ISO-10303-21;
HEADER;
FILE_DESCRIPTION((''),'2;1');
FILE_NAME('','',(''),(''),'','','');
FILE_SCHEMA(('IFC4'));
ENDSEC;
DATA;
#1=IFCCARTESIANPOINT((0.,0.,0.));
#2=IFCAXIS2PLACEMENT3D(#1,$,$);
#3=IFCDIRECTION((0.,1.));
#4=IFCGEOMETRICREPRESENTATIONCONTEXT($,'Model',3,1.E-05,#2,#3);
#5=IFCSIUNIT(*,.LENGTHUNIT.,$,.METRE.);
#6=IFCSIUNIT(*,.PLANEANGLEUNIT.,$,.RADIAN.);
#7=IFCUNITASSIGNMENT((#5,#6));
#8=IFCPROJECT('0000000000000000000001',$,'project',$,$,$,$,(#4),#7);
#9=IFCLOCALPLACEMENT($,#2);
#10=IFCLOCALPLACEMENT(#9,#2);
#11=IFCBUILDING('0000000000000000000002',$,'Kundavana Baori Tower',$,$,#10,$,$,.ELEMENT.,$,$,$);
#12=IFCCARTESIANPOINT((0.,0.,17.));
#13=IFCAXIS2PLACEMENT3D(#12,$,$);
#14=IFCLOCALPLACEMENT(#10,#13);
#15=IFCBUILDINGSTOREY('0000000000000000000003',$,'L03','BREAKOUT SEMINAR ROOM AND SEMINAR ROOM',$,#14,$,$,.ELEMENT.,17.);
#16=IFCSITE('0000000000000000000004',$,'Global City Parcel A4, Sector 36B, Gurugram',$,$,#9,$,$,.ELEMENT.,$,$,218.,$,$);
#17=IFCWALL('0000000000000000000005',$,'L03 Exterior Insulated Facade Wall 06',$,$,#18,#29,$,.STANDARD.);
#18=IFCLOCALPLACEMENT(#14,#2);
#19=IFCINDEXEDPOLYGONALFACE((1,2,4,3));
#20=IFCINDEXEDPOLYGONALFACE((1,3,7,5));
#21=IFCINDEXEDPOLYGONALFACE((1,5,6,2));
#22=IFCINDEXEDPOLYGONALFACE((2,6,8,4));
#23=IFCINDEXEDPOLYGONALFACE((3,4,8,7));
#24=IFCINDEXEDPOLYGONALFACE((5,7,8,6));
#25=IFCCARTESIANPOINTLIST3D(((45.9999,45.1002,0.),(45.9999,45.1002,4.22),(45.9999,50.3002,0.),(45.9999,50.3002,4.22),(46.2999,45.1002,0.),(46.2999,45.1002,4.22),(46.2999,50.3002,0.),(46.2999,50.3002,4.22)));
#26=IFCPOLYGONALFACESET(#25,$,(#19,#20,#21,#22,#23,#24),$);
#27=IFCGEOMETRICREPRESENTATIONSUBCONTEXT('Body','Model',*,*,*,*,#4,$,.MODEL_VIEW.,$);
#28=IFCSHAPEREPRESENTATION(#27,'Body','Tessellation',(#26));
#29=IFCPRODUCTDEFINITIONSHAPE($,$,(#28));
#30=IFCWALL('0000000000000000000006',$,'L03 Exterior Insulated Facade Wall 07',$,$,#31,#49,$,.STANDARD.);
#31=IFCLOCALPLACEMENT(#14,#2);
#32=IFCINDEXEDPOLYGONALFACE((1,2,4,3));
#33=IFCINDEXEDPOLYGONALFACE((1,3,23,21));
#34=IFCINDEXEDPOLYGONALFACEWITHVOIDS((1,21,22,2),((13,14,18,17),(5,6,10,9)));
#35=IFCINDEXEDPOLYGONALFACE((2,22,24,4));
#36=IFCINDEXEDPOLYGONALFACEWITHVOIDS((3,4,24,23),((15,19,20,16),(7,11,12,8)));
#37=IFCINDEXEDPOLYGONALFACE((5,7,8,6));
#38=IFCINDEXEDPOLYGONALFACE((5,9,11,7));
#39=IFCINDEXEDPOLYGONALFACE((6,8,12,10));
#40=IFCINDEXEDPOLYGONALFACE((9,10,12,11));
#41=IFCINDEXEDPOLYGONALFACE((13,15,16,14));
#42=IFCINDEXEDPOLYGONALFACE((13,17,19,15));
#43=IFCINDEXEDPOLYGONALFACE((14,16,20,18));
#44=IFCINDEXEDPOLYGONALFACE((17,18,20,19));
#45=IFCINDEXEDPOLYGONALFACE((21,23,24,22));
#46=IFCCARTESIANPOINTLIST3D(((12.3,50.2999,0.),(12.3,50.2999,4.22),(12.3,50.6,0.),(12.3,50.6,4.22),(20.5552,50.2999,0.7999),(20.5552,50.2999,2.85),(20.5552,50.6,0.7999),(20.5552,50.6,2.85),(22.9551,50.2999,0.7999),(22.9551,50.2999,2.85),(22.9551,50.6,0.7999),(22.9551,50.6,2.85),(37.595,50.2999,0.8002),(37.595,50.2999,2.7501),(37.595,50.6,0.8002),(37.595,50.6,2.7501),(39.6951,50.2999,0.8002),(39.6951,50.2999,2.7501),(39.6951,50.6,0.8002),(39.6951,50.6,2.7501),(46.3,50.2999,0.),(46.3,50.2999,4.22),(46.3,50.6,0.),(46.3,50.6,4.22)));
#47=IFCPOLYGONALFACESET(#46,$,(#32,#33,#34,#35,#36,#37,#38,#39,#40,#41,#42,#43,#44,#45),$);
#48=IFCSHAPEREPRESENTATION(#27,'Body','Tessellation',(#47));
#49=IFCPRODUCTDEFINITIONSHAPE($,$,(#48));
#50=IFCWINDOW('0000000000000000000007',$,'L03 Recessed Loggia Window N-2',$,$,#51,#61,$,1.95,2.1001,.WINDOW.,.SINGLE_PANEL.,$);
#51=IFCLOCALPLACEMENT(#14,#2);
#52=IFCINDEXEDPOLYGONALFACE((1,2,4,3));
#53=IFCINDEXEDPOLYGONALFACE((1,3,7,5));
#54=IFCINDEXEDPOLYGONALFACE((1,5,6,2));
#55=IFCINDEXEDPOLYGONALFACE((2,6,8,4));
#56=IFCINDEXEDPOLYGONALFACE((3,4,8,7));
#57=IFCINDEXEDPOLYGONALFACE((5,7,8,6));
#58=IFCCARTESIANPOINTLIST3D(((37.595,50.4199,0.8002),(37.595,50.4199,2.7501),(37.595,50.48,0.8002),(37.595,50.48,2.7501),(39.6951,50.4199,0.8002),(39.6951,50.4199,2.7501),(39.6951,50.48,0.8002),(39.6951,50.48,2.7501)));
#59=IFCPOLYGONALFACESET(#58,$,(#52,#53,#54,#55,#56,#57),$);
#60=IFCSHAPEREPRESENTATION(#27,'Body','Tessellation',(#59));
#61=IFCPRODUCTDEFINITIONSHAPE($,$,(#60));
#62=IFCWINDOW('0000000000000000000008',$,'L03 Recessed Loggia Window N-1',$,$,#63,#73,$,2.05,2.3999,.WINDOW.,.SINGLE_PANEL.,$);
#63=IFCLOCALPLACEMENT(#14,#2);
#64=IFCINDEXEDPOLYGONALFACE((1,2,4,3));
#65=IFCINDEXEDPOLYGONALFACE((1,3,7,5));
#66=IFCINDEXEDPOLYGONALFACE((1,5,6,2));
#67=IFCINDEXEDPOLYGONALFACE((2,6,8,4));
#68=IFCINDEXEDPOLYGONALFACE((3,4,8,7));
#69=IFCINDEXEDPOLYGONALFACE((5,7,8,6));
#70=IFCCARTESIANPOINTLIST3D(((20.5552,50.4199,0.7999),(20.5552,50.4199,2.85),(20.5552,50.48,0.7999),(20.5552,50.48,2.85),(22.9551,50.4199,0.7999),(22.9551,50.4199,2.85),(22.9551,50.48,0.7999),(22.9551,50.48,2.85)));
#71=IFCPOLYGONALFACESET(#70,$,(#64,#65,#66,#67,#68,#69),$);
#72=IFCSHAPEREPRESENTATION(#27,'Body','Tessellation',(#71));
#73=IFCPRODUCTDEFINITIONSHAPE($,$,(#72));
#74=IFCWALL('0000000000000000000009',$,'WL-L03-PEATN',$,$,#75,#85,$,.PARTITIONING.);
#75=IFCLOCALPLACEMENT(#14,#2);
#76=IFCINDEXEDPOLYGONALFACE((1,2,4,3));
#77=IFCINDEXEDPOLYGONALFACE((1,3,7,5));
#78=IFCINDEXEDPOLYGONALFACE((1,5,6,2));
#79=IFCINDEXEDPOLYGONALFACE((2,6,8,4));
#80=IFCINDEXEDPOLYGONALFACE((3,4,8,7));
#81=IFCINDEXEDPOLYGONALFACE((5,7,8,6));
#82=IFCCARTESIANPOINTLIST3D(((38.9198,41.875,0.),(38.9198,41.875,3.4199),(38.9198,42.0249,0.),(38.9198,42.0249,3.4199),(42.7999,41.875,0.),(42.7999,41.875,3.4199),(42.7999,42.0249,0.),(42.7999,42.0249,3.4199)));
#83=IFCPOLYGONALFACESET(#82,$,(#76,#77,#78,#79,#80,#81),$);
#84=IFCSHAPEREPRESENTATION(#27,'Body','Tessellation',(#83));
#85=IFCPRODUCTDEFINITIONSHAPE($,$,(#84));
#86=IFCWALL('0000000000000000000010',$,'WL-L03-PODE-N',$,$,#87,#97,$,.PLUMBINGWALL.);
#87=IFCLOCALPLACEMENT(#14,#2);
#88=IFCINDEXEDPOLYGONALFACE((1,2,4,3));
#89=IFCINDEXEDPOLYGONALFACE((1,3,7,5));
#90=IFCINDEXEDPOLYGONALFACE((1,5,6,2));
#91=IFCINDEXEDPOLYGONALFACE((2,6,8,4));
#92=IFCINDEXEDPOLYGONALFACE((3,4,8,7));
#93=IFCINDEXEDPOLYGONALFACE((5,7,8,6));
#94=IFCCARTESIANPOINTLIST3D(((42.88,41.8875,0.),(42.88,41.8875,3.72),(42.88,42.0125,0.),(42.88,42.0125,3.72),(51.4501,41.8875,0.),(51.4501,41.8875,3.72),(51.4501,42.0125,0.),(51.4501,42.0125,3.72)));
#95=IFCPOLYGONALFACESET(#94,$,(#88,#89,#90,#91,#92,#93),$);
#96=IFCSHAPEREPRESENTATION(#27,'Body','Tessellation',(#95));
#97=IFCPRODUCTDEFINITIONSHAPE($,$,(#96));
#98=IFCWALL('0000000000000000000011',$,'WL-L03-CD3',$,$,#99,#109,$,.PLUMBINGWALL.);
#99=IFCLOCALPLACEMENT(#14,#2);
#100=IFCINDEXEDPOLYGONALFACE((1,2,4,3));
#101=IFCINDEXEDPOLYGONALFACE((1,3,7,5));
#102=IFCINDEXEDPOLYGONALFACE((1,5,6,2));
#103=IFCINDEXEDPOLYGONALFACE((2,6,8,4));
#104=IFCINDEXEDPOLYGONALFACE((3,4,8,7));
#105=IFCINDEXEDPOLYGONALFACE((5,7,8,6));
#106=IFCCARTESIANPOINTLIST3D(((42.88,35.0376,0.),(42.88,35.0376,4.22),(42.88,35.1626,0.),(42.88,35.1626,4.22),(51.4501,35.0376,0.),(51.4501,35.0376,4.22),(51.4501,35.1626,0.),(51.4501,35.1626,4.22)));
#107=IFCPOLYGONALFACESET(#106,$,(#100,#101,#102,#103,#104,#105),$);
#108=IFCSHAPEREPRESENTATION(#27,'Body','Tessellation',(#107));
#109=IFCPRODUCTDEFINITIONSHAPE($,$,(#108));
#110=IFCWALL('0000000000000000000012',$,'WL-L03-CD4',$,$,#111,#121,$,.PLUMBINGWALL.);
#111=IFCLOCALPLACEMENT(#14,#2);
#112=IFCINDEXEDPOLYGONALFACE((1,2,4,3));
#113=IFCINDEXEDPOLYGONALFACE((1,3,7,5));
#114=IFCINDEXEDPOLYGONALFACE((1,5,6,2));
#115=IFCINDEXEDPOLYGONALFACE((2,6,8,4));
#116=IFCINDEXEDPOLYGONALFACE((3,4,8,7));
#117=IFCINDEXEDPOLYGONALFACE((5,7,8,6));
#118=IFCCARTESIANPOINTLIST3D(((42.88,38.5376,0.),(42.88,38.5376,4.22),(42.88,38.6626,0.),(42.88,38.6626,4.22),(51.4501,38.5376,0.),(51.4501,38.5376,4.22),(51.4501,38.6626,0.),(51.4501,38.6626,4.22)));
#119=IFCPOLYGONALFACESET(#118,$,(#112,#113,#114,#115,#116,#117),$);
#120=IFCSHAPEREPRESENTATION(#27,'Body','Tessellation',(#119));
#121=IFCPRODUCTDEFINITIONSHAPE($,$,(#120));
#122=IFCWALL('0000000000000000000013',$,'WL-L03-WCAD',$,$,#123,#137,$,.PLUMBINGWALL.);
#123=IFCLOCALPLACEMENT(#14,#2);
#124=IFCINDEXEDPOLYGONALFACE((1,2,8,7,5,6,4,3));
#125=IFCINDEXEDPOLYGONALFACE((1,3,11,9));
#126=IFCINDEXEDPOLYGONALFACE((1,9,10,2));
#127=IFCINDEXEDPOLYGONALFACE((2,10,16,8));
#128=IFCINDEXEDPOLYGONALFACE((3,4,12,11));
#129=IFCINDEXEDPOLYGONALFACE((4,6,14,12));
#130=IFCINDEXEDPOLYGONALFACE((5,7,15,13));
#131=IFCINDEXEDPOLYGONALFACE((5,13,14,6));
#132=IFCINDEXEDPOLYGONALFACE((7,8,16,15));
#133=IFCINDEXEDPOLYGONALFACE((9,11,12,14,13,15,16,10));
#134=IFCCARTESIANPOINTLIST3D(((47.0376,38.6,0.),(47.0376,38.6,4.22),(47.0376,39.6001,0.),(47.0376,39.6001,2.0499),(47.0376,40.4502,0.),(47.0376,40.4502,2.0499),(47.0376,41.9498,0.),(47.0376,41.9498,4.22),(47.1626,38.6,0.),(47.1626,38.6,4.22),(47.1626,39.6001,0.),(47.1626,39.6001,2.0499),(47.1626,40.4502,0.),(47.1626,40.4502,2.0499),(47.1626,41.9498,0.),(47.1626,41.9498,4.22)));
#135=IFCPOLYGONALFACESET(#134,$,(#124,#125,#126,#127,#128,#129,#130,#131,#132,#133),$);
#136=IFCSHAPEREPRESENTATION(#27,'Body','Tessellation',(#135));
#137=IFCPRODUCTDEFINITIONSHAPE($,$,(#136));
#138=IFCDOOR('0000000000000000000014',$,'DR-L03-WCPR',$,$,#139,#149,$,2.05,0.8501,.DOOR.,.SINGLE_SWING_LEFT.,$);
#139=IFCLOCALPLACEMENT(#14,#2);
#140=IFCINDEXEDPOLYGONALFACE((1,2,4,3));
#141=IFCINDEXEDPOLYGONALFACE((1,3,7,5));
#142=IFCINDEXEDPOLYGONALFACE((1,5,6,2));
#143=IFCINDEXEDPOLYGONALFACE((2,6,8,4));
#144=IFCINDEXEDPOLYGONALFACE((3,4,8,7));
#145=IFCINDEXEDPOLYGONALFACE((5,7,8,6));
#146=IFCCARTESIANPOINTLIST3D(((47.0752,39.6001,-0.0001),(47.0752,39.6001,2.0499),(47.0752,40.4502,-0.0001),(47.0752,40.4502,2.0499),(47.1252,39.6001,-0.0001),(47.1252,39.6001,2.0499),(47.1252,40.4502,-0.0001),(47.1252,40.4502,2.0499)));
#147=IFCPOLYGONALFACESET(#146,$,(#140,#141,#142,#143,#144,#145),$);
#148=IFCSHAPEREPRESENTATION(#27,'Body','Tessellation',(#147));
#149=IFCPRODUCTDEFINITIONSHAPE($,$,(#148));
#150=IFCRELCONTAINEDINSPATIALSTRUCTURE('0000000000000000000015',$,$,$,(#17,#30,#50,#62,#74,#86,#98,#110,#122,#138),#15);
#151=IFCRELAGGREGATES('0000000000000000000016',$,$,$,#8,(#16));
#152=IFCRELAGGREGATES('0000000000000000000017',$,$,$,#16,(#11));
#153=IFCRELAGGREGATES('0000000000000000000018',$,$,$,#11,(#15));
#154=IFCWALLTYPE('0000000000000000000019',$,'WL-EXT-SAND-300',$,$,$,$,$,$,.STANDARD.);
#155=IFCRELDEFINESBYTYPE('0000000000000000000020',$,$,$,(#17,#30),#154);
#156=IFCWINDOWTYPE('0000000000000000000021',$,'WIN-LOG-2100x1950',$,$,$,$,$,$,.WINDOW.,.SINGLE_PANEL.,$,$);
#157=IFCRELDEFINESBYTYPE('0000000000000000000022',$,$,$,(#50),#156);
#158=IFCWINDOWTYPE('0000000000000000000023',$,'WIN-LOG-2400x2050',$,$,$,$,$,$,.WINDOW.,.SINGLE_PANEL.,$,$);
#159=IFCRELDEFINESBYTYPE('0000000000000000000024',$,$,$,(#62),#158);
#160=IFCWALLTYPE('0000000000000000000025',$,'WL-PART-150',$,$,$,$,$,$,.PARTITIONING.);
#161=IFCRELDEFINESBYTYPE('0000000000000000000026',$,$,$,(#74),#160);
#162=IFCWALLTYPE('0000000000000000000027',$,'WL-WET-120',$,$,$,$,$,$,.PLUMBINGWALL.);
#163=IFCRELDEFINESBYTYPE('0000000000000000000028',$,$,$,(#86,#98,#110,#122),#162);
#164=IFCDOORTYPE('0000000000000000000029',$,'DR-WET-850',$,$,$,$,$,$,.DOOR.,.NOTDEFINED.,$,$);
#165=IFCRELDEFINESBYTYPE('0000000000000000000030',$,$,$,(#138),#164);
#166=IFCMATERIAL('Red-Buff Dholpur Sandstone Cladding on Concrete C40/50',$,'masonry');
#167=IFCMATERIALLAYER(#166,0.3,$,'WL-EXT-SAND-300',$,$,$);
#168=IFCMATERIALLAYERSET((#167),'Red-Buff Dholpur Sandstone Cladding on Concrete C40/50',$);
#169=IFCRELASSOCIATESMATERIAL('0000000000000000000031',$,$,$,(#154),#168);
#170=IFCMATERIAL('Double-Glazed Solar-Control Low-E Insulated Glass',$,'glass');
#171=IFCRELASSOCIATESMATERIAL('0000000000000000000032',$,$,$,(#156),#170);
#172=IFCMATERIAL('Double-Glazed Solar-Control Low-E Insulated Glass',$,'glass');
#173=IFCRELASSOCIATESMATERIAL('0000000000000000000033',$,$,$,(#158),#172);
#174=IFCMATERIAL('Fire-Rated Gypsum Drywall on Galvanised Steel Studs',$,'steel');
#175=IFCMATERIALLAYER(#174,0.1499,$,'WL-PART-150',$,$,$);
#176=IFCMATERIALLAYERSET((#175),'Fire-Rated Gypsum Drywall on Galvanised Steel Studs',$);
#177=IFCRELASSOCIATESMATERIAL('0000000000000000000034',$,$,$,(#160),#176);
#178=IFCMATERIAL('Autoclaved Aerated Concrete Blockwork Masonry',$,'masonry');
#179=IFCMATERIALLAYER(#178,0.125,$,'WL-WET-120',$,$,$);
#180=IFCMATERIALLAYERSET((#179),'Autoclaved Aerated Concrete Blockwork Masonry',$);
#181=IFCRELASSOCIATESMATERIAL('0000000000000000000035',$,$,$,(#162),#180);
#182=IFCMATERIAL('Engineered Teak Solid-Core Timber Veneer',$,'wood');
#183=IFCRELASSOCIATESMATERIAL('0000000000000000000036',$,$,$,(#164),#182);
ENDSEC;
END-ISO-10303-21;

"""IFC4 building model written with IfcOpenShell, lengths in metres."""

from ifc_helpers import new_model, si_unit, direction, frame, frame_2d, origin, place, context, subcontext, project, spatial, rectangle, extrude, material, layer, layer_set, type_object, element, fill, save


model = new_model("IFC4")

# Units and contexts
model_context = context("Model", 3, precision=1e-05, world=origin(), true_north=direction((0.0, 1.0)))
body_context = subcontext(model_context, "Body", "Model", "MODEL_VIEW")
ifc_project = project(units=[si_unit("LENGTHUNIT", "METRE"), si_unit("PLANEANGLEUNIT", "RADIAN")], contexts=[model_context])

# Site, building, storey
site_placement = place(None, origin())
site = spatial("IfcSite", under=ifc_project, at=site_placement, Name="Global City Parcel A4, Sector 36B, Gurugram", CompositionType="ELEMENT", RefElevation=218.0)
building_placement = place(site_placement, origin())
building = spatial("IfcBuilding", under=site, at=building_placement, Name="Kundavana Baori Tower", CompositionType="ELEMENT")
storey_placement = place(building_placement, frame((0.0, 0.0, 17.0)))
storey = spatial("IfcBuildingStorey", under=building, at=storey_placement, Name="L03", Description="BREAKOUT SEMINAR ROOM AND SEMINAR ROOM", CompositionType="ELEMENT", Elevation=17.0)

# Wall
ifc_material_1 = material(Name="Red-Buff Dholpur Sandstone Cladding on Concrete C40/50", Category="masonry")
ifc_layer_1 = layer(ifc_material_1, 0.3, Name="WL-EXT-SAND-300")
ifc_layer_set_1 = layer_set([ifc_layer_1], Name="Red-Buff Dholpur Sandstone Cladding on Concrete C40/50")
wall_type_1 = type_object("IfcWallType", Name="WL-EXT-SAND-300", PredefinedType="STANDARD", material=ifc_layer_set_1)
wall_1_placement = place(storey_placement, frame((46.1499, 45.1001, 0.0), z_axis=(0.0, 0.0, 1.0), x_axis=(0.0, 1.0, 0.0)))
element("IfcWall", 1, at=wall_1_placement, inside=storey, type_object=wall_type_1, Name="L03 Exterior Insulated Facade Wall 06", PredefinedType="STANDARD", context=body_context, shape_type="SweptSolid", body=[
    extrude(rectangle(XDim=5.2, YDim=0.3, at=frame_2d((2.6001, 0.0))), origin(), (0.0, 0.0, 1.0), 4.22),
])

# Wall, openings, windows
wall_2_placement = place(storey_placement, frame((46.3, 50.45, 0.0), z_axis=(0.0, 0.0, 1.0), x_axis=(-1.0, 0.0, 0.0)))
wall_2 = element("IfcWall", 2, at=wall_2_placement, inside=storey, type_object=wall_type_1, Name="L03 Exterior Insulated Facade Wall 07", PredefinedType="STANDARD", context=body_context, shape_type="SweptSolid", body=[
    extrude(rectangle(XDim=34.0, YDim=0.3, at=frame_2d((17.0, 0.0))), origin(), (0.0, 0.0, 1.0), 4.22),
])
opening_1_placement = place(wall_2_placement, frame((23.345, 0.0, 0.8)))
opening_1 = element("IfcOpeningElement", 3, at=opening_1_placement, cuts=wall_2, PredefinedType="OPENING", context=body_context, shape_type="SweptSolid", body=[
    extrude(rectangle(XDim=2.3999, YDim=2.05, at=frame_2d((1.2, 1.0249))), frame((0.0, 0.1602, 0.0), z_axis=(0.0, -1.0, 0.0), x_axis=(1.0, 0.0, 0.0)), (0.0, 0.0, 1.0), 0.3201),
])
opening_2_placement = place(wall_2_placement, frame((6.605, 0.0, 0.8)))
opening_2 = element("IfcOpeningElement", 4, at=opening_2_placement, cuts=wall_2, PredefinedType="OPENING", context=body_context, shape_type="SweptSolid", body=[
    extrude(rectangle(XDim=2.1001, YDim=1.95, at=frame_2d((1.05, 0.9751))), frame((0.0, 0.1602, 0.0), z_axis=(0.0, -1.0, 0.0), x_axis=(1.0, 0.0, 0.0)), (0.0, 0.0, 1.0), 0.3201),
])
ifc_material_2 = material(Name="Double-Glazed Solar-Control Low-E Insulated Glass", Category="glass")
window_type_1 = type_object("IfcWindowType", Name="WIN-LOG-2100x1950", PartitioningType="SINGLE_PANEL", PredefinedType="WINDOW", material=ifc_material_2)
window_1_placement = place(opening_2_placement, origin())
window_1 = element("IfcWindow", 5, at=window_1_placement, inside=storey, type_object=window_type_1, Name="L03 Recessed Loggia Window N-2", OverallHeight=1.95, OverallWidth=2.1001, PartitioningType="SINGLE_PANEL", PredefinedType="WINDOW", context=body_context, shape_type="SweptSolid", body=[
    extrude(rectangle(XDim=2.1001, YDim=1.95, at=frame_2d((1.05, 0.9751))), frame((0.0, 0.03, 0.0), z_axis=(0.0, -1.0, 0.0), x_axis=(1.0, 0.0, 0.0)), (0.0, 0.0, 1.0), 0.0601),
])
fill(opening_2, window_1)
ifc_material_3 = material(Name="Double-Glazed Solar-Control Low-E Insulated Glass", Category="glass")
window_type_2 = type_object("IfcWindowType", Name="WIN-LOG-2400x2050", PartitioningType="SINGLE_PANEL", PredefinedType="WINDOW", material=ifc_material_3)
window_2_placement = place(opening_1_placement, origin())
window_2 = element("IfcWindow", 6, at=window_2_placement, inside=storey, type_object=window_type_2, Name="L03 Recessed Loggia Window N-1", OverallHeight=2.05, OverallWidth=2.3999, PartitioningType="SINGLE_PANEL", PredefinedType="WINDOW", context=body_context, shape_type="SweptSolid", body=[
    extrude(rectangle(XDim=2.3999, YDim=2.05, at=frame_2d((1.2, 1.0249))), frame((0.0, 0.03, 0.0), z_axis=(0.0, -1.0, 0.0), x_axis=(1.0, 0.0, 0.0)), (0.0, 0.0, 1.0), 0.0601),
])
fill(opening_1, window_2)

# Walls
ifc_material_4 = material(Name="Fire-Rated Gypsum Drywall on Galvanised Steel Studs", Category="steel")
ifc_layer_2 = layer(ifc_material_4, 0.1499, Name="WL-PART-150")
ifc_layer_set_2 = layer_set([ifc_layer_2], Name="Fire-Rated Gypsum Drywall on Galvanised Steel Studs")
wall_type_2 = type_object("IfcWallType", Name="WL-PART-150", PredefinedType="PARTITIONING", material=ifc_layer_set_2)
wall_3_placement = place(storey_placement, frame((38.9199, 41.95, 0.0), z_axis=(0.0, 0.0, 1.0), x_axis=(1.0, 0.0, 0.0)))
element("IfcWall", 7, at=wall_3_placement, inside=storey, type_object=wall_type_2, Name="WL-L03-PEATN", PredefinedType="PARTITIONING", context=body_context, shape_type="SweptSolid", body=[
    extrude(rectangle(XDim=3.8801, YDim=0.1499, at=frame_2d((1.9399, 0.0))), origin(), (0.0, 0.0, 1.0), 3.4199),
])
ifc_material_5 = material(Name="Autoclaved Aerated Concrete Blockwork Masonry", Category="masonry")
ifc_layer_3 = layer(ifc_material_5, 0.125, Name="WL-WET-120")
ifc_layer_set_3 = layer_set([ifc_layer_3], Name="Autoclaved Aerated Concrete Blockwork Masonry")
wall_type_3 = type_object("IfcWallType", Name="WL-WET-120", PredefinedType="PLUMBINGWALL", material=ifc_layer_set_3)
wall_4_placement = place(storey_placement, frame((42.8799, 41.95, 0.0), z_axis=(0.0, 0.0, 1.0), x_axis=(1.0, 0.0, 0.0)))
element("IfcWall", 8, at=wall_4_placement, inside=storey, type_object=wall_type_3, Name="WL-L03-PODE-N", PredefinedType="PLUMBINGWALL", context=body_context, shape_type="SweptSolid", body=[
    extrude(rectangle(XDim=8.5701, YDim=0.125, at=frame_2d((4.2852, 0.0))), origin(), (0.0, 0.0, 1.0), 3.72),
])
for number, where, z_axis, x_axis, name in (
    (9, (42.8799, 35.1001, 0.0), (0.0, 0.0, 1.0), (1.0, 0.0, 0.0), "WL-L03-CD3"),
    (10, (42.8799, 38.6001, 0.0), (0.0, 0.0, 1.0), (1.0, 0.0, 0.0), "WL-L03-CD4"),
):
    element("IfcWall", number, at=place(storey_placement, frame(where, z_axis=z_axis, x_axis=x_axis)), inside=storey, type_object=wall_type_3, Name=name, PredefinedType="PLUMBINGWALL", context=body_context, shape_type="SweptSolid", body=[
        extrude(rectangle(XDim=8.5701, YDim=0.125, at=frame_2d((4.2852, 0.0))), origin(), (0.0, 0.0, 1.0), 4.22),
    ])

# Wall, opening, door
wall_5_placement = place(storey_placement, frame((47.1001, 38.6001, 0.0), z_axis=(0.0, 0.0, 1.0), x_axis=(0.0, 1.0, 0.0)))
wall_5 = element("IfcWall", 11, at=wall_5_placement, inside=storey, type_object=wall_type_3, Name="WL-L03-WCAD", PredefinedType="PLUMBINGWALL", context=body_context, shape_type="SweptSolid", body=[
    extrude(rectangle(XDim=3.3499, YDim=0.125, at=frame_2d((1.6748, 0.0))), origin(), (0.0, 0.0, 1.0), 4.22),
])
opening_3_placement = place(wall_5_placement, frame((1.0, 0.0, 0.0)))
opening_3 = element("IfcOpeningElement", 12, at=opening_3_placement, cuts=wall_5, PredefinedType="OPENING", context=body_context, shape_type="SweptSolid", body=[
    extrude(rectangle(XDim=0.8501, YDim=2.05, at=frame_2d((0.425, 1.0249))), frame((0.0, 0.0725, 0.0), z_axis=(0.0, -1.0, 0.0), x_axis=(1.0, 0.0, 0.0)), (0.0, 0.0, 1.0), 0.145),
])
ifc_material_6 = material(Name="Engineered Teak Solid-Core Timber Veneer", Category="wood")
door_type = type_object("IfcDoorType", Name="DR-WET-850", OperationType="NOTDEFINED", PredefinedType="DOOR", material=ifc_material_6)
door_placement = place(opening_3_placement, origin())
door = element("IfcDoor", 13, at=door_placement, inside=storey, type_object=door_type, Name="DR-L03-WCPR", OperationType="SINGLE_SWING_LEFT", OverallHeight=2.05, OverallWidth=0.8501, PredefinedType="DOOR", context=body_context, shape_type="SweptSolid", body=[
    extrude(rectangle(XDim=0.8501, YDim=2.05, at=frame_2d((0.425, 1.0249))), frame((0.0, 0.0249, 0.0), z_axis=(0.0, -1.0, 0.0), x_axis=(1.0, 0.0, 0.0)), (0.0, 0.0, 1.0), 0.05),
])
fill(opening_3, door)

save(model, "model.ifc")
